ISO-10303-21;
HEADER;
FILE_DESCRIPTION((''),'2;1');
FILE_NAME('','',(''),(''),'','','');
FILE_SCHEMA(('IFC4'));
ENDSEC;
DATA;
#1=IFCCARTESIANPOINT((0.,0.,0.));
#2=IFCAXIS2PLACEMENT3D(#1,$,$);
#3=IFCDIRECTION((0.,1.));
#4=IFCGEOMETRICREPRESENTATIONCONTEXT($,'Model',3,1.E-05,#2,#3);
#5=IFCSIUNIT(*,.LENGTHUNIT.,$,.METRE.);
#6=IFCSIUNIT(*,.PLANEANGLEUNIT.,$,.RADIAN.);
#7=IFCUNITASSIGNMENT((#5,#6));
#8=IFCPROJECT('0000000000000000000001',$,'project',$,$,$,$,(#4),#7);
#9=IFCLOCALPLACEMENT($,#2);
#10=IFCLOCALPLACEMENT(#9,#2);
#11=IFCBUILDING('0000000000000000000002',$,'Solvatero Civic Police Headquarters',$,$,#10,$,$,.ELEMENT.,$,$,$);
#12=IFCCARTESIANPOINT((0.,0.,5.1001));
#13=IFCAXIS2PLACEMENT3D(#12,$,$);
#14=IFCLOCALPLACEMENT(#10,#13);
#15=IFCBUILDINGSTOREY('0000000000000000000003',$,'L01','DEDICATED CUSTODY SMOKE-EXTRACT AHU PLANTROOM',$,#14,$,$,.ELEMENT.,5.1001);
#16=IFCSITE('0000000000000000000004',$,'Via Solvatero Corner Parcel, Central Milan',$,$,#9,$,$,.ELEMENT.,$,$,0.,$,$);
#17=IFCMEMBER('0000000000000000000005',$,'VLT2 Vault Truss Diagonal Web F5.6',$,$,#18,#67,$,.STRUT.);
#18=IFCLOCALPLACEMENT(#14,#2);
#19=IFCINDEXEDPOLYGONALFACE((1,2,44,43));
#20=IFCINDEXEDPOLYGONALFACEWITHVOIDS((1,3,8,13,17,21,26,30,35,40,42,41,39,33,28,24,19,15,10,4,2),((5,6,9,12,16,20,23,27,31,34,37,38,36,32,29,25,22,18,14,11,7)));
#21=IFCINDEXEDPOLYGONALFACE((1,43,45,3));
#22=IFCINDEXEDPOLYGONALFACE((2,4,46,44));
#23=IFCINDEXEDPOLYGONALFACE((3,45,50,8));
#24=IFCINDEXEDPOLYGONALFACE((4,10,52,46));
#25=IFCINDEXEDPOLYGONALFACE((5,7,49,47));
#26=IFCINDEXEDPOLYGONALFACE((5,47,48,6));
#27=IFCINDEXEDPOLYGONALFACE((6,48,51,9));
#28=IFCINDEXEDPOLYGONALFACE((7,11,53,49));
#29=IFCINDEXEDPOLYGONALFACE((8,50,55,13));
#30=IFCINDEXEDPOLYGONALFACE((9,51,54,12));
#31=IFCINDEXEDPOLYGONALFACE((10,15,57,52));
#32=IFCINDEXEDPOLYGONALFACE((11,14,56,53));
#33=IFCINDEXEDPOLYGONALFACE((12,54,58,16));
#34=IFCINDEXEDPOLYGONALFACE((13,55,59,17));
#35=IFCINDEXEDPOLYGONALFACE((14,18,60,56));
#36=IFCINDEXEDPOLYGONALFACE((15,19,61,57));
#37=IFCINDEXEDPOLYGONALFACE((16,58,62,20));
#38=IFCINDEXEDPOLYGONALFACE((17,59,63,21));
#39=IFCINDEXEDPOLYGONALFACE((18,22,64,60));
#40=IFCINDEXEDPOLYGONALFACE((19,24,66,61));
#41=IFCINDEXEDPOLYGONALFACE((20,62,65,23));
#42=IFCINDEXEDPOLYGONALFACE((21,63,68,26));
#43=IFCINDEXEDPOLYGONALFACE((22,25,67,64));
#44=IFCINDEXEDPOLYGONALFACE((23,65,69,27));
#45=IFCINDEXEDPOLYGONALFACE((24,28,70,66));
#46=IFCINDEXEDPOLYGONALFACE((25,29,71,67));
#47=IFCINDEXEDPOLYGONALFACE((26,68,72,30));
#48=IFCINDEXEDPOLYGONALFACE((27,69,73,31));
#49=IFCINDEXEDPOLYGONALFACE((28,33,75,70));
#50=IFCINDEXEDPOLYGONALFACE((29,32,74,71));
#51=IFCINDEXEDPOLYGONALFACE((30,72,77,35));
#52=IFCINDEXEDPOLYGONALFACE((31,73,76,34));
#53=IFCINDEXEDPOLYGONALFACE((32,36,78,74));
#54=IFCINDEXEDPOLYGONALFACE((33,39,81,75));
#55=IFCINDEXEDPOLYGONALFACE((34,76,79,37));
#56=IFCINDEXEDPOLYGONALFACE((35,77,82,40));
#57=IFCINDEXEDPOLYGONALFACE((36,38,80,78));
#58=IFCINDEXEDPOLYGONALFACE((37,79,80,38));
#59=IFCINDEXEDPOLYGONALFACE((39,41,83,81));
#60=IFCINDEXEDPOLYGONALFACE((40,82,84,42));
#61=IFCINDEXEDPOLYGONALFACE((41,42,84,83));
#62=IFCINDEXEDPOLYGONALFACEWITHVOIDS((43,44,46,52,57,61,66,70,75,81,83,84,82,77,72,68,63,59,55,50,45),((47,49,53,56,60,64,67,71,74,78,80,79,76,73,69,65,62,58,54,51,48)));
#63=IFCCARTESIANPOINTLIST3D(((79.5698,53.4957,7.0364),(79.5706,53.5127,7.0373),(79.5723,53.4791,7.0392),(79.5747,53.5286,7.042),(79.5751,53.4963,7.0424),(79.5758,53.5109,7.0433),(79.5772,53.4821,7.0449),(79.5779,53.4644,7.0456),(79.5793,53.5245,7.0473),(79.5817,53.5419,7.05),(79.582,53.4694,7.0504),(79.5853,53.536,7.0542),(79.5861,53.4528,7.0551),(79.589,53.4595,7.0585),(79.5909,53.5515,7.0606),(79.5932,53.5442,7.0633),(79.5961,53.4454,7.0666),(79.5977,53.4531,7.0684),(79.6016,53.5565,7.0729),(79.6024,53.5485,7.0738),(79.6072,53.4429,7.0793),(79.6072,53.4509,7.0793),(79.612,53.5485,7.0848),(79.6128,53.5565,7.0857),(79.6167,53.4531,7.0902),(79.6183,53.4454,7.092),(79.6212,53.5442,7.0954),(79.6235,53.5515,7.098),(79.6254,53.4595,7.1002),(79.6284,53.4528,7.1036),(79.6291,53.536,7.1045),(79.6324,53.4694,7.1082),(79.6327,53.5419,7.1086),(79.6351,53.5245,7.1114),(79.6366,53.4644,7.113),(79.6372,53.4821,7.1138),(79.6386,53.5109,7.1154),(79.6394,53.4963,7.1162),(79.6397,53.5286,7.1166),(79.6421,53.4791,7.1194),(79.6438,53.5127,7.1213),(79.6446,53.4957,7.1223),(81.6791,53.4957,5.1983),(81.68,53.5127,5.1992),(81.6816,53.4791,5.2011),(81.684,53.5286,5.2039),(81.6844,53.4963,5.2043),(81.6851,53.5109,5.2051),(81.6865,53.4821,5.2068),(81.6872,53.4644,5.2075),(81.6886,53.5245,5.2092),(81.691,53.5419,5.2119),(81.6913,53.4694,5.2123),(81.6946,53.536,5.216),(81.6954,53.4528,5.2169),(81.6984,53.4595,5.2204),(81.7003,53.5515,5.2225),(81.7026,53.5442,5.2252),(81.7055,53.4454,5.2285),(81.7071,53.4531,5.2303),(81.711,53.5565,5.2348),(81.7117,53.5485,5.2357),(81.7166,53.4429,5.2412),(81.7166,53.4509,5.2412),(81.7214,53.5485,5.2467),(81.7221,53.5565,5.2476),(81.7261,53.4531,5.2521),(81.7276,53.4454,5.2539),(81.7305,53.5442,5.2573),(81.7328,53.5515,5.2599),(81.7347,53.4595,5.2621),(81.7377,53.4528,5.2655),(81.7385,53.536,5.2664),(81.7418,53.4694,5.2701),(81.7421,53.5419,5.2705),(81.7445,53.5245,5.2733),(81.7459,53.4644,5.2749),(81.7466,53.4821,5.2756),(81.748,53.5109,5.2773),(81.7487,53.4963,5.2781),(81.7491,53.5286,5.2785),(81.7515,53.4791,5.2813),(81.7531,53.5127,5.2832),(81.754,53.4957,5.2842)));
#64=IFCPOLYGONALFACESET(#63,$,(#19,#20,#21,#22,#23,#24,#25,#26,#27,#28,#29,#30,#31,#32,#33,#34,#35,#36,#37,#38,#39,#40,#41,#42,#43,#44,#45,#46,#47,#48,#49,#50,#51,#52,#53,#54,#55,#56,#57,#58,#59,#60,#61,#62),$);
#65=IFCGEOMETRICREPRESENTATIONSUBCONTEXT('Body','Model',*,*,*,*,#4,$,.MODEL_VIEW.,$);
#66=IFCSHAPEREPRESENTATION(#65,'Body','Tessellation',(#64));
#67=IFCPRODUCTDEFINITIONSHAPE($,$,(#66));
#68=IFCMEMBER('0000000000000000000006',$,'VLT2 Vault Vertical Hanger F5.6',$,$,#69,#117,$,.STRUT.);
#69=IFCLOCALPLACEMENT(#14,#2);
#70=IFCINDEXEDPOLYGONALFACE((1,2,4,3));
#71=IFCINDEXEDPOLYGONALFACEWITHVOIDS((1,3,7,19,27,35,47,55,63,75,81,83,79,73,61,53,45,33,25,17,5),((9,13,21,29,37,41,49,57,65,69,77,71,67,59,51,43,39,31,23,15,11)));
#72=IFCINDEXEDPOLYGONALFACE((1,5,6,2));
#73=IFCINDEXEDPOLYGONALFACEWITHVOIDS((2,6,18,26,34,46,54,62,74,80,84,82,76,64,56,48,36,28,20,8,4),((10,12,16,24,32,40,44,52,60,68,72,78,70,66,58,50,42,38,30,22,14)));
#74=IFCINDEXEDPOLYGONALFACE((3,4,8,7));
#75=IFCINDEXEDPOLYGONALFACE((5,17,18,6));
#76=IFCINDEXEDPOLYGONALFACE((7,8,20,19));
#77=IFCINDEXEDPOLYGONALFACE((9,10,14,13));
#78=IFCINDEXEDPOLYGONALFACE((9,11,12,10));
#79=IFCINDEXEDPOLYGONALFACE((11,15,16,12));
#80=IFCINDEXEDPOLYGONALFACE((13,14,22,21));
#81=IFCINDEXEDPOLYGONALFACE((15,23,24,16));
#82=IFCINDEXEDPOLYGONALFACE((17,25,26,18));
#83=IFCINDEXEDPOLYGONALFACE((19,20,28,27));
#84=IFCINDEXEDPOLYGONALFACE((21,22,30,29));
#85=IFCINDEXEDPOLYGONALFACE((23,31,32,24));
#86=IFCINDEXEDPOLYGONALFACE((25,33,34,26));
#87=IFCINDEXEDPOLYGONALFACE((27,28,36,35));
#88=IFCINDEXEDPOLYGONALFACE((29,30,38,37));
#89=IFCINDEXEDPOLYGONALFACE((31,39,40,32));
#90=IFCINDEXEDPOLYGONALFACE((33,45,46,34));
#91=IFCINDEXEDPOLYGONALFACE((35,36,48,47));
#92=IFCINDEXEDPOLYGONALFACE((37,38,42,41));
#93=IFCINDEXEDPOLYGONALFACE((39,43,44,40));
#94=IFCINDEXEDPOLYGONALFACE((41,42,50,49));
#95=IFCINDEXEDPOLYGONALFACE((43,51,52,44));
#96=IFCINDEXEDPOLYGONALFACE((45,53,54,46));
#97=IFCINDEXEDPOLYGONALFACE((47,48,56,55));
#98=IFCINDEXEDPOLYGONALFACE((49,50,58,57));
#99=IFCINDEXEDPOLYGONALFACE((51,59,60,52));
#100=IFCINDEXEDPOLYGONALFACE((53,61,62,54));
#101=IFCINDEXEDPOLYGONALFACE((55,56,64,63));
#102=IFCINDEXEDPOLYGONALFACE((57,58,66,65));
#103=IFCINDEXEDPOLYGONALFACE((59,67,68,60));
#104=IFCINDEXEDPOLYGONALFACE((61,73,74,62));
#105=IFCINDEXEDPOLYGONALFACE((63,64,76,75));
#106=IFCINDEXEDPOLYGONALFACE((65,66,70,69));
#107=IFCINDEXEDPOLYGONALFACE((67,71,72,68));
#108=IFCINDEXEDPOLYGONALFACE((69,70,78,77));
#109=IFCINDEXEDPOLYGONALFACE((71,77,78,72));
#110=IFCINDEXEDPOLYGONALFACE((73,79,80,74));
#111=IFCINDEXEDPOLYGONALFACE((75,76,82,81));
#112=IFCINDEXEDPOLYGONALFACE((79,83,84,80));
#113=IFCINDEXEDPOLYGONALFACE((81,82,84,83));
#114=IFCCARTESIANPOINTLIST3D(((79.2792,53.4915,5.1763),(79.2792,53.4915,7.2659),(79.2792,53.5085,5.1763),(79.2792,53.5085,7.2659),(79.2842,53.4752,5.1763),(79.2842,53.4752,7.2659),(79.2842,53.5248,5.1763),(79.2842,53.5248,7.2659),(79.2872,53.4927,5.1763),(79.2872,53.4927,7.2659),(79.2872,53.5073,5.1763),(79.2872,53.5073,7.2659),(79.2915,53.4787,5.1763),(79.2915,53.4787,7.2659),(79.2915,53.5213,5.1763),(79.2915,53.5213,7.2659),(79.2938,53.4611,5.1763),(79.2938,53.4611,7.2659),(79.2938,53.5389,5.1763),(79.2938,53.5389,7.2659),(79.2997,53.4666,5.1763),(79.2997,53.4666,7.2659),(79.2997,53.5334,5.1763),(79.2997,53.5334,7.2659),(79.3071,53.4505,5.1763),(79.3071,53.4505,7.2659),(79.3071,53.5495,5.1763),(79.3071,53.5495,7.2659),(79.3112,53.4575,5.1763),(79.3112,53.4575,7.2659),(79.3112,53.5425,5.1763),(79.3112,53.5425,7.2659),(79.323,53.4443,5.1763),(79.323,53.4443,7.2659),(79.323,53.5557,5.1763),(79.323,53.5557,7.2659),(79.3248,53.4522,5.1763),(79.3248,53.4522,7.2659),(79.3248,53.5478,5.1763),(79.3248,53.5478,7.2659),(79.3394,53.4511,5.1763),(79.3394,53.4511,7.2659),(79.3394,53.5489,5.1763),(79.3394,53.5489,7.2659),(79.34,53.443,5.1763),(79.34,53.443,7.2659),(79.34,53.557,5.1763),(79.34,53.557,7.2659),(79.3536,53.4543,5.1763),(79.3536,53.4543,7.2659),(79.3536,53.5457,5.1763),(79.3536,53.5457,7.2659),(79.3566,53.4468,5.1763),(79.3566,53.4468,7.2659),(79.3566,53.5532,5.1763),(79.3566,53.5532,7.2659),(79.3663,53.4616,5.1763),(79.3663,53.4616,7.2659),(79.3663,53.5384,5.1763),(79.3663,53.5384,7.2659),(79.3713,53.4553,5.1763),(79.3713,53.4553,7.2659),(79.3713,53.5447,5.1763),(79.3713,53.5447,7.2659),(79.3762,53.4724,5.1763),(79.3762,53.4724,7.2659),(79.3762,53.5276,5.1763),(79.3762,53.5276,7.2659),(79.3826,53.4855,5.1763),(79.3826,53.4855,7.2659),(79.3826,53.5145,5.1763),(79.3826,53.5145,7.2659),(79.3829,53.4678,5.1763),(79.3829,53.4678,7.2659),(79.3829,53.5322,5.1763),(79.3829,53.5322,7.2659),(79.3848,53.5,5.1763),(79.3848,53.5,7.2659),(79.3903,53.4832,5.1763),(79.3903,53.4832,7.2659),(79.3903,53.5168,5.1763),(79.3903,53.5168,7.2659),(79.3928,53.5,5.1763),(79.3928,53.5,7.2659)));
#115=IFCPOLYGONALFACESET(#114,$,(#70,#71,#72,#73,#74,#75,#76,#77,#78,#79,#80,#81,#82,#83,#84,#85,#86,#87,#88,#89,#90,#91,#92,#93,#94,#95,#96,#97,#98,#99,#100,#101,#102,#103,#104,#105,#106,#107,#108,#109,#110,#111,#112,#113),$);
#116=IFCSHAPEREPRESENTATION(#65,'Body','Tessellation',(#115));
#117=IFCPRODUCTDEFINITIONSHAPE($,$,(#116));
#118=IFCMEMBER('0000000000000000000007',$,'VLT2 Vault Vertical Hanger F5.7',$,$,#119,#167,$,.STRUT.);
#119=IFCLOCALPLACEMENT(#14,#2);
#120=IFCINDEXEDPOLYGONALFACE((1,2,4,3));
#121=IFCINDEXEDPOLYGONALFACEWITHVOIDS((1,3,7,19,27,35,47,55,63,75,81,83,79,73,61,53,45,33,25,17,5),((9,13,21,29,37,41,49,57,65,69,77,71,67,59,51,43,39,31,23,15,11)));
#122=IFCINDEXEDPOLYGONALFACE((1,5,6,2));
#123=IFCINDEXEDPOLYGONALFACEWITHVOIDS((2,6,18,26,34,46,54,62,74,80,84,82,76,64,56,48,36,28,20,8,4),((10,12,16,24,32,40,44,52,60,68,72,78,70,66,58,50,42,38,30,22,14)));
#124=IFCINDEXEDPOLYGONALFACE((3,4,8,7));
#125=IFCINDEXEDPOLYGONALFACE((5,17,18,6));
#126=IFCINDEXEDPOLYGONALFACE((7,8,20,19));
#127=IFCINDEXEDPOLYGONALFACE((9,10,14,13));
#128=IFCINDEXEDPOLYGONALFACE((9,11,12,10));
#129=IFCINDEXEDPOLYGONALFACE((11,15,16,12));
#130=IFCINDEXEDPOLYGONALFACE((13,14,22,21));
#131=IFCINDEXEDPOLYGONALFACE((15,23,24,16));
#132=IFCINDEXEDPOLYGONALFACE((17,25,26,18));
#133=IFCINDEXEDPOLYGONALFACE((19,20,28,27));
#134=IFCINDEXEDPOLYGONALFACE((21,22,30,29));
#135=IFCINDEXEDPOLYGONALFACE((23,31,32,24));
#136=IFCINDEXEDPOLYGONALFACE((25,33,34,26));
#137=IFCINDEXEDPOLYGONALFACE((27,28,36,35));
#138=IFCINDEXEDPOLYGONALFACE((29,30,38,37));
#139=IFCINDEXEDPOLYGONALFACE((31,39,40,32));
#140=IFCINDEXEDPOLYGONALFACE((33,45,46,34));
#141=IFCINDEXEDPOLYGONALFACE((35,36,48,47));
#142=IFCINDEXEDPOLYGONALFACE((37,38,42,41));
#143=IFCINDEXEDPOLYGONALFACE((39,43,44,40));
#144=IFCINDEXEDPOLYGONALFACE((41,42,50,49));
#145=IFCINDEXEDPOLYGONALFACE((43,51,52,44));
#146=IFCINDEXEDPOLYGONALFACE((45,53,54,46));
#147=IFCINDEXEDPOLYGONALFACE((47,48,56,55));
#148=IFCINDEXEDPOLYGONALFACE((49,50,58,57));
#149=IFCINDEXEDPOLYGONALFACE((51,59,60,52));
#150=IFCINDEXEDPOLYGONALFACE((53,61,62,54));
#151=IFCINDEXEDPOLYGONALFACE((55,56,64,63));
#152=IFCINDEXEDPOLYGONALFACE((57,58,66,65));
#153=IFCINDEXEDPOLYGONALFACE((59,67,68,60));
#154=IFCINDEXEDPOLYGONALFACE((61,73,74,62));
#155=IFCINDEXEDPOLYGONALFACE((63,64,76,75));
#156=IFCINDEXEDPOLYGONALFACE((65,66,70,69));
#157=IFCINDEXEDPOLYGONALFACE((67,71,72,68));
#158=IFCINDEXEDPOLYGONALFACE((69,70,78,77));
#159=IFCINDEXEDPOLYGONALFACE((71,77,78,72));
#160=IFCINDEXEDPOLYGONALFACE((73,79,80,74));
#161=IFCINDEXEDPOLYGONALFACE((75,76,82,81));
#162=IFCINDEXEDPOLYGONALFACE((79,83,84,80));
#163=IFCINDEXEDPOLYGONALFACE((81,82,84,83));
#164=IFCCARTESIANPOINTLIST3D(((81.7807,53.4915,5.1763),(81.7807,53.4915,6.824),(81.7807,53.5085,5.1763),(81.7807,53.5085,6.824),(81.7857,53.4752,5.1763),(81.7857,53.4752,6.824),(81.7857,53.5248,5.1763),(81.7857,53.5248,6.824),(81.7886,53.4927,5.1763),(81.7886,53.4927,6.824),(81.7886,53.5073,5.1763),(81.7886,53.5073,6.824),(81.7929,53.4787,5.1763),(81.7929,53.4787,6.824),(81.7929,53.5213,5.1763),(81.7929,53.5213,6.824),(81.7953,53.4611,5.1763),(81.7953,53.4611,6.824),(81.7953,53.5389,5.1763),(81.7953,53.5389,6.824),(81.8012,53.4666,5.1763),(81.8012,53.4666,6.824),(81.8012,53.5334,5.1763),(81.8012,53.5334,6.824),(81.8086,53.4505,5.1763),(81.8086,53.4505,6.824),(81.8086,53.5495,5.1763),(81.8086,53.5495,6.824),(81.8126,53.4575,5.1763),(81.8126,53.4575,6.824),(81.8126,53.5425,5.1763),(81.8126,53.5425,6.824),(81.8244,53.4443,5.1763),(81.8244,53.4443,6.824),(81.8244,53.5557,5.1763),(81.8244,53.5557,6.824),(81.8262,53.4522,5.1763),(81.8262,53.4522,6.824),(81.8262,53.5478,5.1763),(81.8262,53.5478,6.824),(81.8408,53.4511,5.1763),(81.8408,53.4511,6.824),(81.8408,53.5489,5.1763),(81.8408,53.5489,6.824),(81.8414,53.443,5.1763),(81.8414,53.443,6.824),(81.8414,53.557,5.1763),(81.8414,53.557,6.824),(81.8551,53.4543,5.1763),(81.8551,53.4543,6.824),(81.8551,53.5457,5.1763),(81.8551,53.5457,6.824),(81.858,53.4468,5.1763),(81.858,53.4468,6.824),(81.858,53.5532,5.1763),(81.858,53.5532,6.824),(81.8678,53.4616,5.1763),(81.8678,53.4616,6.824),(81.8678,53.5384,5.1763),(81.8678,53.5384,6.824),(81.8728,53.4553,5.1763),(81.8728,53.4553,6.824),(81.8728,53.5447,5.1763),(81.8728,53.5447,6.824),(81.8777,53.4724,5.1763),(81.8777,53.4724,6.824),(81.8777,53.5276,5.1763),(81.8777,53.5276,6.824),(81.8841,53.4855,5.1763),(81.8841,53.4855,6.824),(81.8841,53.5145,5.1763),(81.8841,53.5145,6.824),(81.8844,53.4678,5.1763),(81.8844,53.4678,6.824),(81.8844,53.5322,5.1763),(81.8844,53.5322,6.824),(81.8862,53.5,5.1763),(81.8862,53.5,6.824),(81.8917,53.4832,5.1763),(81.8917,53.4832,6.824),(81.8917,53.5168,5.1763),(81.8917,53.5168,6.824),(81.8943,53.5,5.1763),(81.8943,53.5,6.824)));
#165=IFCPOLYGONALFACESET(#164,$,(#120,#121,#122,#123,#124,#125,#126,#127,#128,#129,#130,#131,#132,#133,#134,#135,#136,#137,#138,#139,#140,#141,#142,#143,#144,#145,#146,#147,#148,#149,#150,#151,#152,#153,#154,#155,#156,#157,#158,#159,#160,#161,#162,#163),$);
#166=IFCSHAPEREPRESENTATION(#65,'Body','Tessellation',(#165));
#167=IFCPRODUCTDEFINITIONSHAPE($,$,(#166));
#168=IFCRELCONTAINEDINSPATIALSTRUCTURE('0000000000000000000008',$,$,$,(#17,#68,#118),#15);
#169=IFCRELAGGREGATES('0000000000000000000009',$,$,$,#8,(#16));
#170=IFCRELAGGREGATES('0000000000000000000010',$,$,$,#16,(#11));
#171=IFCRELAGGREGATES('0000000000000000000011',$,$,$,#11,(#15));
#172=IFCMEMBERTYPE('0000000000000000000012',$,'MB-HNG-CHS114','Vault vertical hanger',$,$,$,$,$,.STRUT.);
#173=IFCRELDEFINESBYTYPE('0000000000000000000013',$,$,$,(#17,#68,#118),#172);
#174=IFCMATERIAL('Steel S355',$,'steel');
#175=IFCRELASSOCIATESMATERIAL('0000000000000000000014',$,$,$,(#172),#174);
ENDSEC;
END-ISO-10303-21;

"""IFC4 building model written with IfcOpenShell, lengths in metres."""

from ifc_helpers import new_model, si_unit, direction, frame, origin, origin_2d, place, context, subcontext, project, spatial, hollow_circle, extrude, material, material_profile, profile_set, type_object, element, save


model = new_model("IFC4")

# Units and contexts
model_context = context("Model", 3, precision=1e-05, world=origin(), true_north=direction((0.0, 1.0)))
body_context = subcontext(model_context, "Body", "Model", "MODEL_VIEW")
ifc_project = project(units=[si_unit("LENGTHUNIT", "METRE"), si_unit("PLANEANGLEUNIT", "RADIAN")], contexts=[model_context])

# Site, building, storey
site_placement = place(None, origin())
site = spatial("IfcSite", under=ifc_project, at=site_placement, Name="Via Solvatero Corner Parcel, Central Milan", CompositionType="ELEMENT", RefElevation=0.0)
building_placement = place(site_placement, origin())
building = spatial("IfcBuilding", under=site, at=building_placement, Name="Solvatero Civic Police Headquarters", CompositionType="ELEMENT")
storey_placement = place(building_placement, frame((0.0, 0.0, 5.1001)))
storey = spatial("IfcBuildingStorey", under=building, at=storey_placement, Name="L01", Description="DEDICATED CUSTODY SMOKE-EXTRACT AHU PLANTROOM", CompositionType="ELEMENT", Elevation=5.1001)

# Shared definitions
ifc_material = material(Name="Steel S355", Category="steel")

# Members
ifc_material_profile_1 = material_profile(ifc_material, hollow_circle(Radius=0.0571, WallThickness=0.0081, at=origin_2d()), Name="CHS 114.3x8.0")
ifc_profile_set_1 = profile_set([ifc_material_profile_1], Name="Steel S355")
member_type_1 = type_object("IfcMemberType", Name="MB-HNG-CHS114", Description="Vault vertical hanger", PredefinedType="STRUT", material=ifc_profile_set_1)
member_1_placement = place(storey_placement, frame((81.7166, 53.5, 5.2412), z_axis=(-0.753916, 0.0, 0.656971), x_axis=(0.0, -1.0, 0.0)))
element("IfcMember", 1, at=member_1_placement, inside=storey, type_object=member_type_1, Name="VLT2 Vault Truss Diagonal Web F5.6", PredefinedType="STRUT", context=body_context, shape_type="SweptSolid", body=[
    extrude(hollow_circle(Radius=0.0571, WallThickness=0.0081, at=origin_2d()), origin(), (0.0, 0.0, 1.0), 2.7979),
])
member_2_placement = place(storey_placement, frame((79.3357, 53.5, 5.1763), z_axis=(0.0, 0.0, 1.0), x_axis=(1.0, 0.0, 0.0)))
element("IfcMember", 2, at=member_2_placement, inside=storey, type_object=member_type_1, Name="VLT2 Vault Vertical Hanger F5.6", PredefinedType="STRUT", context=body_context, shape_type="SweptSolid", body=[
    extrude(hollow_circle(Radius=0.0571, WallThickness=0.0081, at=origin_2d()), origin(), (0.0, 0.0, 1.0), 2.0896),
])
member_3_placement = place(storey_placement, frame((81.8372, 53.5, 5.1763), z_axis=(0.0, 0.0, 1.0), x_axis=(1.0, 0.0, 0.0)))
element("IfcMember", 3, at=member_3_placement, inside=storey, type_object=member_type_1, Name="VLT2 Vault Vertical Hanger F5.7", PredefinedType="STRUT", context=body_context, shape_type="SweptSolid", body=[
    extrude(hollow_circle(Radius=0.0571, WallThickness=0.0081, at=origin_2d()), origin(), (0.0, 0.0, 1.0), 1.6477),
])

save(model, "model.ifc")
